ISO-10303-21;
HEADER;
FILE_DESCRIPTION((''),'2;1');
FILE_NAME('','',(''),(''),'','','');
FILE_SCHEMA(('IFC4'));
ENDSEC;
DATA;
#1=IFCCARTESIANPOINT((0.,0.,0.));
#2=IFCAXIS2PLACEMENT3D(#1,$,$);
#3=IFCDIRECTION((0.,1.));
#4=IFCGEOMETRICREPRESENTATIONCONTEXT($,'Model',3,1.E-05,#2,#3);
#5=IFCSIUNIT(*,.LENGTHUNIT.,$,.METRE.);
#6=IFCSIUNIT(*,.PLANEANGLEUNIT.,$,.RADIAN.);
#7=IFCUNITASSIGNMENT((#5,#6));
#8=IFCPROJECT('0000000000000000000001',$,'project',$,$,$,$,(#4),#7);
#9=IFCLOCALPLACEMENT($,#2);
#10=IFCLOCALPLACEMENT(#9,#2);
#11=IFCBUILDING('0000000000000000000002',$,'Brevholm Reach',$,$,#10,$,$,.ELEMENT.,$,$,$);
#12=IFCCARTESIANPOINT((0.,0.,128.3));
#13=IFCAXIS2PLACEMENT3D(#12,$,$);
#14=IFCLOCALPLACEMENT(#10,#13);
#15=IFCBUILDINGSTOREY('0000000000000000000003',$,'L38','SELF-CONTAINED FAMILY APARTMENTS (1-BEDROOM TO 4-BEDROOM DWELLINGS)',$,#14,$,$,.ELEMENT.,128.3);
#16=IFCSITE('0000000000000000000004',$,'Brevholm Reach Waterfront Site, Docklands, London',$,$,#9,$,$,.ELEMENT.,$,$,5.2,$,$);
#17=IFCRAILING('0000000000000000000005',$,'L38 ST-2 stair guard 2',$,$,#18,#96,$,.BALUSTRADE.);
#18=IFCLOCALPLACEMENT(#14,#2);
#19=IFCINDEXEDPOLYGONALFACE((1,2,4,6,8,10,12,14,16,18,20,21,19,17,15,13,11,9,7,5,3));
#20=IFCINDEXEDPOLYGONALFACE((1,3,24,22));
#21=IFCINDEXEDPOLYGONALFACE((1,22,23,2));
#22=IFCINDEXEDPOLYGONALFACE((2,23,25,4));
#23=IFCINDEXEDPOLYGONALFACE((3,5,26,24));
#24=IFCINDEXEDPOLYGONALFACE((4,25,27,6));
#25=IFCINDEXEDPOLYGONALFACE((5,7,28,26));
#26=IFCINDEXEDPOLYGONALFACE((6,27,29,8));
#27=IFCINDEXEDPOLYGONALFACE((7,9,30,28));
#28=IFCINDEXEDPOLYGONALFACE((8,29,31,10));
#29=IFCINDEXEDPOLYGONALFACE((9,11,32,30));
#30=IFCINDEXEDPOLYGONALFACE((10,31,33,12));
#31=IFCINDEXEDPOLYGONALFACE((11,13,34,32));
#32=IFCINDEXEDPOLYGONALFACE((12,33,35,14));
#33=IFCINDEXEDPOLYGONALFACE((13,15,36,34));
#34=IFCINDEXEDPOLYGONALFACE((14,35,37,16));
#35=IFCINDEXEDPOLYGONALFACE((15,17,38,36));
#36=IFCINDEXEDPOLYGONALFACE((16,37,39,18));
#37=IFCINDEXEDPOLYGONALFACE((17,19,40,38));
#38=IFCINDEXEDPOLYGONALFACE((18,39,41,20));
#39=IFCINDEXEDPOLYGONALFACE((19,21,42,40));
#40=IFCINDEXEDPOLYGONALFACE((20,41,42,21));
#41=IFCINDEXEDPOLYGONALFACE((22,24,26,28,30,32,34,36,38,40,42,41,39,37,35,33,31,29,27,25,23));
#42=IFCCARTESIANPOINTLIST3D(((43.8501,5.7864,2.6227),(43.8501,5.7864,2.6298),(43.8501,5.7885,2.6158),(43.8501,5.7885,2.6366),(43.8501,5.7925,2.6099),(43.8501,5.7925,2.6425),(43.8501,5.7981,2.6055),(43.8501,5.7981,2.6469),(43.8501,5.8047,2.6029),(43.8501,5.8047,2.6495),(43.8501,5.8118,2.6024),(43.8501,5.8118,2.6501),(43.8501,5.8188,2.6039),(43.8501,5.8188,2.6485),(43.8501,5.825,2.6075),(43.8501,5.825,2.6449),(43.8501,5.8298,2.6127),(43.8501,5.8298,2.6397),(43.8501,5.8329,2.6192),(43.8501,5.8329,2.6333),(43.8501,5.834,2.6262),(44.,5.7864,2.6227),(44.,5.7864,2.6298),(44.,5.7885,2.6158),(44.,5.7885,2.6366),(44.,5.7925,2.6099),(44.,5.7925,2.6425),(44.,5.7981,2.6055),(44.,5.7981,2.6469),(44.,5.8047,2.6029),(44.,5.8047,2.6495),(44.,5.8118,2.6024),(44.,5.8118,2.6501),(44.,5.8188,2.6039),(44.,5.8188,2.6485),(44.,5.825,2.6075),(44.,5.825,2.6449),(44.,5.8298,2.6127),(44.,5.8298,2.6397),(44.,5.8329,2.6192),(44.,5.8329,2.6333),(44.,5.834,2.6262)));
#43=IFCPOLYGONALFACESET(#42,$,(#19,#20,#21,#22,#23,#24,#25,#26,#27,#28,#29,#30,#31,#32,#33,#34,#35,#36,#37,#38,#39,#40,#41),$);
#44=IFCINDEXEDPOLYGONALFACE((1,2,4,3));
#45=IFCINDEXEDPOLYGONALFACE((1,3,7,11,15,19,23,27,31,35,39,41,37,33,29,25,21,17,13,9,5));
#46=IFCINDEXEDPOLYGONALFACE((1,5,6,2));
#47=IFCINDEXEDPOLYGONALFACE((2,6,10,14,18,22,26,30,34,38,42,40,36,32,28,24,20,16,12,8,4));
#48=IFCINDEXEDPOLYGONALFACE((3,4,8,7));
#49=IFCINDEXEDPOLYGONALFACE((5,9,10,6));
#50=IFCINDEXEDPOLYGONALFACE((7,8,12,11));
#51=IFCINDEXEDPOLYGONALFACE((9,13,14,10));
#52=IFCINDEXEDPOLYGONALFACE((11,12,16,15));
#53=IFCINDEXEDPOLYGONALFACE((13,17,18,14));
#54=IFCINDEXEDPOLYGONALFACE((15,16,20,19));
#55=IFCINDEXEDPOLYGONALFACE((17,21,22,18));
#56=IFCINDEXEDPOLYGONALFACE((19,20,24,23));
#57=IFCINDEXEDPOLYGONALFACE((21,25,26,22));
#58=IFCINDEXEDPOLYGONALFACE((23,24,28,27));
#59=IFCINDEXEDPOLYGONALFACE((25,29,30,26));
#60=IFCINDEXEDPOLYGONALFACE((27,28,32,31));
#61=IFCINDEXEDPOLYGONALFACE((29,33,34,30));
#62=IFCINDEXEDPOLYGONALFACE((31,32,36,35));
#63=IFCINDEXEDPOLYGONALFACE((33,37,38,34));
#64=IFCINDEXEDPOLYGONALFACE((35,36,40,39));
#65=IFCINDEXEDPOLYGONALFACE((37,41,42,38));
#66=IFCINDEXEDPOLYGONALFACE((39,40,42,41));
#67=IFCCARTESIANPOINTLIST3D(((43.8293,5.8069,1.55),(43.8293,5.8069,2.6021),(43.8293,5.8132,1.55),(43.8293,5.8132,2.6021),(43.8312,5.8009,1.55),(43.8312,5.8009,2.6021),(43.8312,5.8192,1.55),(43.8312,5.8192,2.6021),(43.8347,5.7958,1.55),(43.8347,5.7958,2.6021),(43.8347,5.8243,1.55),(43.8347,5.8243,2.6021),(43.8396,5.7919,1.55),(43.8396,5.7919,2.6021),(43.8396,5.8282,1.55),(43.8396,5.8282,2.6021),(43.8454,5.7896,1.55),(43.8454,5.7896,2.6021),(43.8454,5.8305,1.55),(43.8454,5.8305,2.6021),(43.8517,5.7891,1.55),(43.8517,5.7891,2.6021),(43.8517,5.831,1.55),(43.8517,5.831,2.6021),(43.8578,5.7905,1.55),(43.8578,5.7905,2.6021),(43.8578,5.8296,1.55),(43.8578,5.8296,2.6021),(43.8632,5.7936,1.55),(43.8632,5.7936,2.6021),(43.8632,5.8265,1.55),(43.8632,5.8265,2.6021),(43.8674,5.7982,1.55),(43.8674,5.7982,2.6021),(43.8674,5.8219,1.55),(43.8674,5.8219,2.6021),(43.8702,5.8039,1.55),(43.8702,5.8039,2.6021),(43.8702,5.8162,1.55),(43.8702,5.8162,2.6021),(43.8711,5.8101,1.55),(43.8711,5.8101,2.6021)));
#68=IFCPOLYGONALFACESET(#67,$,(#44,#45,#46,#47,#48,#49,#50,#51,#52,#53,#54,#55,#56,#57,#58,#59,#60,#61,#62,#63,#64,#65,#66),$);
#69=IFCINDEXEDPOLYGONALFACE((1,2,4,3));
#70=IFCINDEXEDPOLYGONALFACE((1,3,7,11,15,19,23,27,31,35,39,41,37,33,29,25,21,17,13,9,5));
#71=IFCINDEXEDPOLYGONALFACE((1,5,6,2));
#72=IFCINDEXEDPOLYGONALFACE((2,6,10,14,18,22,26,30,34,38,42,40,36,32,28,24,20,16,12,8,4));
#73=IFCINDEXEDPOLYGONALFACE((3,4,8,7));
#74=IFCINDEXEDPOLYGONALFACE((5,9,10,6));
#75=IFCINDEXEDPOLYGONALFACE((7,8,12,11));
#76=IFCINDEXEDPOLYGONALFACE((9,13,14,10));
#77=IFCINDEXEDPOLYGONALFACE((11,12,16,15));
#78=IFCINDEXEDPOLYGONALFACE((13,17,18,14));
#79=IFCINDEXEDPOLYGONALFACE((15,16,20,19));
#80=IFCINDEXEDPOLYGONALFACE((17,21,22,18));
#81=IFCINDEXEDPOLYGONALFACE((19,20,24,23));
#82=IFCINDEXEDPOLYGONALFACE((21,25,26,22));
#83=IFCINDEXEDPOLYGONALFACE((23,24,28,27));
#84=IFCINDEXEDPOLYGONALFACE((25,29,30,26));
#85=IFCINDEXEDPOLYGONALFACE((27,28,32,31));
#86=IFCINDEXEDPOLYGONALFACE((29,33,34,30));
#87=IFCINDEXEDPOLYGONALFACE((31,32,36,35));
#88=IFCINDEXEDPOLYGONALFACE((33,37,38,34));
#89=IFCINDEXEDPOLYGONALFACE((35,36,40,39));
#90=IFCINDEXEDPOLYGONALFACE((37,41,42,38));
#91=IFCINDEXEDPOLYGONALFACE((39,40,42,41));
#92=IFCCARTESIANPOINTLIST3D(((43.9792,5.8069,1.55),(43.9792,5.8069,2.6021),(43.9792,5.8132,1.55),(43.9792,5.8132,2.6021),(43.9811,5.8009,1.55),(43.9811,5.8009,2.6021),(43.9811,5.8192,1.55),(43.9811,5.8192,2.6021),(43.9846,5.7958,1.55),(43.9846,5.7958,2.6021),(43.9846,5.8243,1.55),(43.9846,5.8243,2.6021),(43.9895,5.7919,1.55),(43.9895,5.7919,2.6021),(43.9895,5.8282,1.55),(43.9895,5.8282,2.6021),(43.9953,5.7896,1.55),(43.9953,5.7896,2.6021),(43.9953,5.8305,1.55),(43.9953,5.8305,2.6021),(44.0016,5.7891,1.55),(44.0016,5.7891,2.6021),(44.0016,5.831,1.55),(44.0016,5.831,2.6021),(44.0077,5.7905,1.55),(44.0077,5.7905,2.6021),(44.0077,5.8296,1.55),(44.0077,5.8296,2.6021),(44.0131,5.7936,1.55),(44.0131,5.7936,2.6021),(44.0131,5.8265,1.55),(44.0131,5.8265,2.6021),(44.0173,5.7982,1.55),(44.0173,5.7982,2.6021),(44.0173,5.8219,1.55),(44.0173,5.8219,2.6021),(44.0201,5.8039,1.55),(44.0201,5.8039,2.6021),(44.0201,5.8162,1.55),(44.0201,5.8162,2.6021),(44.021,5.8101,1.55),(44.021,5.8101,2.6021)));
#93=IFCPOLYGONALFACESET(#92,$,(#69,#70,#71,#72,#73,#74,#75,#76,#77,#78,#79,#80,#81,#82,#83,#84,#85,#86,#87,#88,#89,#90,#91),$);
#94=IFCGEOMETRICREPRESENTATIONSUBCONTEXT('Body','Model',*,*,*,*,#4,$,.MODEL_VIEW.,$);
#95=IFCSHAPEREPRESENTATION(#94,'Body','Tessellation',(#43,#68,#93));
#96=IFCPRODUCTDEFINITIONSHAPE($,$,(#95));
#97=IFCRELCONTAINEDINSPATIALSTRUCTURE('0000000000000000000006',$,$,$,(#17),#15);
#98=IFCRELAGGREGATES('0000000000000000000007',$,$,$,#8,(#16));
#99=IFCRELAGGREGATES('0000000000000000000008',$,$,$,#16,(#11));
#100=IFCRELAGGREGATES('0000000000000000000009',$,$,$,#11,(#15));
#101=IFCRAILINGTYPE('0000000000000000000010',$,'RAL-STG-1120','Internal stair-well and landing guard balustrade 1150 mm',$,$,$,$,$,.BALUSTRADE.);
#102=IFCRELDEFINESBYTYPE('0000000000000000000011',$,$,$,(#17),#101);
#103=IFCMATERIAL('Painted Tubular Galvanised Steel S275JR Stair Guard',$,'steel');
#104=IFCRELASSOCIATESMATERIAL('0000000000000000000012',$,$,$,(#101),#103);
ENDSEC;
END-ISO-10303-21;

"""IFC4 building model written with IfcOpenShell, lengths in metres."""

from ifc_helpers import new_model, si_unit, direction, frame, origin, origin_2d, place, context, subcontext, project, spatial, circle, extrude, material, type_object, element, save


model = new_model("IFC4")

# Units and contexts
model_context = context("Model", 3, precision=1e-05, world=origin(), true_north=direction((0.0, 1.0)))
body_context = subcontext(model_context, "Body", "Model", "MODEL_VIEW")
ifc_project = project(units=[si_unit("LENGTHUNIT", "METRE"), si_unit("PLANEANGLEUNIT", "RADIAN")], contexts=[model_context])

# Site, building, storey
site_placement = place(None, origin())
site = spatial("IfcSite", under=ifc_project, at=site_placement, Name="Brevholm Reach Waterfront Site, Docklands, London", CompositionType="ELEMENT", RefElevation=5.2)
building_placement = place(site_placement, origin())
building = spatial("IfcBuilding", under=site, at=building_placement, Name="Brevholm Reach", CompositionType="ELEMENT")
storey_placement = place(building_placement, frame((0.0, 0.0, 128.3)))
storey = spatial("IfcBuildingStorey", under=building, at=storey_placement, Name="L38", Description="SELF-CONTAINED FAMILY APARTMENTS (1-BEDROOM TO 4-BEDROOM DWELLINGS)", CompositionType="ELEMENT", Elevation=128.3)

# Railing
ifc_material_1 = material(Name="Painted Tubular Galvanised Steel S275JR Stair Guard", Category="steel")
railing_type_1 = type_object("IfcRailingType", Name="RAL-STG-1120", Description="Internal stair-well and landing guard balustrade 1150 mm", PredefinedType="BALUSTRADE", material=ifc_material_1)
railing_1_placement = place(storey_placement, frame((43.8501, 5.8101, 1.55)))
element("IfcRailing", 1, at=railing_1_placement, inside=storey, type_object=railing_type_1, Name="L38 ST-2 stair guard 2", PredefinedType="BALUSTRADE", context=body_context, shape_type="SweptSolid", body=[
    extrude(circle(Radius=0.0239, at=origin_2d()), frame((0.0, 0.0, 1.0762), z_axis=(1.0, 0.0, 0.0), x_axis=(0.0, 1.0, 0.0)), (0.0, 0.0, 1.0), 0.1499),
    extrude(circle(Radius=0.021, at=origin_2d()), origin(), (0.0, 0.0, 1.0), 1.052),
    extrude(circle(Radius=0.021, at=origin_2d()), frame((0.1499, 0.0, 0.0)), (0.0, 0.0, 1.0), 1.052),
])

save(model, "model.ifc")
